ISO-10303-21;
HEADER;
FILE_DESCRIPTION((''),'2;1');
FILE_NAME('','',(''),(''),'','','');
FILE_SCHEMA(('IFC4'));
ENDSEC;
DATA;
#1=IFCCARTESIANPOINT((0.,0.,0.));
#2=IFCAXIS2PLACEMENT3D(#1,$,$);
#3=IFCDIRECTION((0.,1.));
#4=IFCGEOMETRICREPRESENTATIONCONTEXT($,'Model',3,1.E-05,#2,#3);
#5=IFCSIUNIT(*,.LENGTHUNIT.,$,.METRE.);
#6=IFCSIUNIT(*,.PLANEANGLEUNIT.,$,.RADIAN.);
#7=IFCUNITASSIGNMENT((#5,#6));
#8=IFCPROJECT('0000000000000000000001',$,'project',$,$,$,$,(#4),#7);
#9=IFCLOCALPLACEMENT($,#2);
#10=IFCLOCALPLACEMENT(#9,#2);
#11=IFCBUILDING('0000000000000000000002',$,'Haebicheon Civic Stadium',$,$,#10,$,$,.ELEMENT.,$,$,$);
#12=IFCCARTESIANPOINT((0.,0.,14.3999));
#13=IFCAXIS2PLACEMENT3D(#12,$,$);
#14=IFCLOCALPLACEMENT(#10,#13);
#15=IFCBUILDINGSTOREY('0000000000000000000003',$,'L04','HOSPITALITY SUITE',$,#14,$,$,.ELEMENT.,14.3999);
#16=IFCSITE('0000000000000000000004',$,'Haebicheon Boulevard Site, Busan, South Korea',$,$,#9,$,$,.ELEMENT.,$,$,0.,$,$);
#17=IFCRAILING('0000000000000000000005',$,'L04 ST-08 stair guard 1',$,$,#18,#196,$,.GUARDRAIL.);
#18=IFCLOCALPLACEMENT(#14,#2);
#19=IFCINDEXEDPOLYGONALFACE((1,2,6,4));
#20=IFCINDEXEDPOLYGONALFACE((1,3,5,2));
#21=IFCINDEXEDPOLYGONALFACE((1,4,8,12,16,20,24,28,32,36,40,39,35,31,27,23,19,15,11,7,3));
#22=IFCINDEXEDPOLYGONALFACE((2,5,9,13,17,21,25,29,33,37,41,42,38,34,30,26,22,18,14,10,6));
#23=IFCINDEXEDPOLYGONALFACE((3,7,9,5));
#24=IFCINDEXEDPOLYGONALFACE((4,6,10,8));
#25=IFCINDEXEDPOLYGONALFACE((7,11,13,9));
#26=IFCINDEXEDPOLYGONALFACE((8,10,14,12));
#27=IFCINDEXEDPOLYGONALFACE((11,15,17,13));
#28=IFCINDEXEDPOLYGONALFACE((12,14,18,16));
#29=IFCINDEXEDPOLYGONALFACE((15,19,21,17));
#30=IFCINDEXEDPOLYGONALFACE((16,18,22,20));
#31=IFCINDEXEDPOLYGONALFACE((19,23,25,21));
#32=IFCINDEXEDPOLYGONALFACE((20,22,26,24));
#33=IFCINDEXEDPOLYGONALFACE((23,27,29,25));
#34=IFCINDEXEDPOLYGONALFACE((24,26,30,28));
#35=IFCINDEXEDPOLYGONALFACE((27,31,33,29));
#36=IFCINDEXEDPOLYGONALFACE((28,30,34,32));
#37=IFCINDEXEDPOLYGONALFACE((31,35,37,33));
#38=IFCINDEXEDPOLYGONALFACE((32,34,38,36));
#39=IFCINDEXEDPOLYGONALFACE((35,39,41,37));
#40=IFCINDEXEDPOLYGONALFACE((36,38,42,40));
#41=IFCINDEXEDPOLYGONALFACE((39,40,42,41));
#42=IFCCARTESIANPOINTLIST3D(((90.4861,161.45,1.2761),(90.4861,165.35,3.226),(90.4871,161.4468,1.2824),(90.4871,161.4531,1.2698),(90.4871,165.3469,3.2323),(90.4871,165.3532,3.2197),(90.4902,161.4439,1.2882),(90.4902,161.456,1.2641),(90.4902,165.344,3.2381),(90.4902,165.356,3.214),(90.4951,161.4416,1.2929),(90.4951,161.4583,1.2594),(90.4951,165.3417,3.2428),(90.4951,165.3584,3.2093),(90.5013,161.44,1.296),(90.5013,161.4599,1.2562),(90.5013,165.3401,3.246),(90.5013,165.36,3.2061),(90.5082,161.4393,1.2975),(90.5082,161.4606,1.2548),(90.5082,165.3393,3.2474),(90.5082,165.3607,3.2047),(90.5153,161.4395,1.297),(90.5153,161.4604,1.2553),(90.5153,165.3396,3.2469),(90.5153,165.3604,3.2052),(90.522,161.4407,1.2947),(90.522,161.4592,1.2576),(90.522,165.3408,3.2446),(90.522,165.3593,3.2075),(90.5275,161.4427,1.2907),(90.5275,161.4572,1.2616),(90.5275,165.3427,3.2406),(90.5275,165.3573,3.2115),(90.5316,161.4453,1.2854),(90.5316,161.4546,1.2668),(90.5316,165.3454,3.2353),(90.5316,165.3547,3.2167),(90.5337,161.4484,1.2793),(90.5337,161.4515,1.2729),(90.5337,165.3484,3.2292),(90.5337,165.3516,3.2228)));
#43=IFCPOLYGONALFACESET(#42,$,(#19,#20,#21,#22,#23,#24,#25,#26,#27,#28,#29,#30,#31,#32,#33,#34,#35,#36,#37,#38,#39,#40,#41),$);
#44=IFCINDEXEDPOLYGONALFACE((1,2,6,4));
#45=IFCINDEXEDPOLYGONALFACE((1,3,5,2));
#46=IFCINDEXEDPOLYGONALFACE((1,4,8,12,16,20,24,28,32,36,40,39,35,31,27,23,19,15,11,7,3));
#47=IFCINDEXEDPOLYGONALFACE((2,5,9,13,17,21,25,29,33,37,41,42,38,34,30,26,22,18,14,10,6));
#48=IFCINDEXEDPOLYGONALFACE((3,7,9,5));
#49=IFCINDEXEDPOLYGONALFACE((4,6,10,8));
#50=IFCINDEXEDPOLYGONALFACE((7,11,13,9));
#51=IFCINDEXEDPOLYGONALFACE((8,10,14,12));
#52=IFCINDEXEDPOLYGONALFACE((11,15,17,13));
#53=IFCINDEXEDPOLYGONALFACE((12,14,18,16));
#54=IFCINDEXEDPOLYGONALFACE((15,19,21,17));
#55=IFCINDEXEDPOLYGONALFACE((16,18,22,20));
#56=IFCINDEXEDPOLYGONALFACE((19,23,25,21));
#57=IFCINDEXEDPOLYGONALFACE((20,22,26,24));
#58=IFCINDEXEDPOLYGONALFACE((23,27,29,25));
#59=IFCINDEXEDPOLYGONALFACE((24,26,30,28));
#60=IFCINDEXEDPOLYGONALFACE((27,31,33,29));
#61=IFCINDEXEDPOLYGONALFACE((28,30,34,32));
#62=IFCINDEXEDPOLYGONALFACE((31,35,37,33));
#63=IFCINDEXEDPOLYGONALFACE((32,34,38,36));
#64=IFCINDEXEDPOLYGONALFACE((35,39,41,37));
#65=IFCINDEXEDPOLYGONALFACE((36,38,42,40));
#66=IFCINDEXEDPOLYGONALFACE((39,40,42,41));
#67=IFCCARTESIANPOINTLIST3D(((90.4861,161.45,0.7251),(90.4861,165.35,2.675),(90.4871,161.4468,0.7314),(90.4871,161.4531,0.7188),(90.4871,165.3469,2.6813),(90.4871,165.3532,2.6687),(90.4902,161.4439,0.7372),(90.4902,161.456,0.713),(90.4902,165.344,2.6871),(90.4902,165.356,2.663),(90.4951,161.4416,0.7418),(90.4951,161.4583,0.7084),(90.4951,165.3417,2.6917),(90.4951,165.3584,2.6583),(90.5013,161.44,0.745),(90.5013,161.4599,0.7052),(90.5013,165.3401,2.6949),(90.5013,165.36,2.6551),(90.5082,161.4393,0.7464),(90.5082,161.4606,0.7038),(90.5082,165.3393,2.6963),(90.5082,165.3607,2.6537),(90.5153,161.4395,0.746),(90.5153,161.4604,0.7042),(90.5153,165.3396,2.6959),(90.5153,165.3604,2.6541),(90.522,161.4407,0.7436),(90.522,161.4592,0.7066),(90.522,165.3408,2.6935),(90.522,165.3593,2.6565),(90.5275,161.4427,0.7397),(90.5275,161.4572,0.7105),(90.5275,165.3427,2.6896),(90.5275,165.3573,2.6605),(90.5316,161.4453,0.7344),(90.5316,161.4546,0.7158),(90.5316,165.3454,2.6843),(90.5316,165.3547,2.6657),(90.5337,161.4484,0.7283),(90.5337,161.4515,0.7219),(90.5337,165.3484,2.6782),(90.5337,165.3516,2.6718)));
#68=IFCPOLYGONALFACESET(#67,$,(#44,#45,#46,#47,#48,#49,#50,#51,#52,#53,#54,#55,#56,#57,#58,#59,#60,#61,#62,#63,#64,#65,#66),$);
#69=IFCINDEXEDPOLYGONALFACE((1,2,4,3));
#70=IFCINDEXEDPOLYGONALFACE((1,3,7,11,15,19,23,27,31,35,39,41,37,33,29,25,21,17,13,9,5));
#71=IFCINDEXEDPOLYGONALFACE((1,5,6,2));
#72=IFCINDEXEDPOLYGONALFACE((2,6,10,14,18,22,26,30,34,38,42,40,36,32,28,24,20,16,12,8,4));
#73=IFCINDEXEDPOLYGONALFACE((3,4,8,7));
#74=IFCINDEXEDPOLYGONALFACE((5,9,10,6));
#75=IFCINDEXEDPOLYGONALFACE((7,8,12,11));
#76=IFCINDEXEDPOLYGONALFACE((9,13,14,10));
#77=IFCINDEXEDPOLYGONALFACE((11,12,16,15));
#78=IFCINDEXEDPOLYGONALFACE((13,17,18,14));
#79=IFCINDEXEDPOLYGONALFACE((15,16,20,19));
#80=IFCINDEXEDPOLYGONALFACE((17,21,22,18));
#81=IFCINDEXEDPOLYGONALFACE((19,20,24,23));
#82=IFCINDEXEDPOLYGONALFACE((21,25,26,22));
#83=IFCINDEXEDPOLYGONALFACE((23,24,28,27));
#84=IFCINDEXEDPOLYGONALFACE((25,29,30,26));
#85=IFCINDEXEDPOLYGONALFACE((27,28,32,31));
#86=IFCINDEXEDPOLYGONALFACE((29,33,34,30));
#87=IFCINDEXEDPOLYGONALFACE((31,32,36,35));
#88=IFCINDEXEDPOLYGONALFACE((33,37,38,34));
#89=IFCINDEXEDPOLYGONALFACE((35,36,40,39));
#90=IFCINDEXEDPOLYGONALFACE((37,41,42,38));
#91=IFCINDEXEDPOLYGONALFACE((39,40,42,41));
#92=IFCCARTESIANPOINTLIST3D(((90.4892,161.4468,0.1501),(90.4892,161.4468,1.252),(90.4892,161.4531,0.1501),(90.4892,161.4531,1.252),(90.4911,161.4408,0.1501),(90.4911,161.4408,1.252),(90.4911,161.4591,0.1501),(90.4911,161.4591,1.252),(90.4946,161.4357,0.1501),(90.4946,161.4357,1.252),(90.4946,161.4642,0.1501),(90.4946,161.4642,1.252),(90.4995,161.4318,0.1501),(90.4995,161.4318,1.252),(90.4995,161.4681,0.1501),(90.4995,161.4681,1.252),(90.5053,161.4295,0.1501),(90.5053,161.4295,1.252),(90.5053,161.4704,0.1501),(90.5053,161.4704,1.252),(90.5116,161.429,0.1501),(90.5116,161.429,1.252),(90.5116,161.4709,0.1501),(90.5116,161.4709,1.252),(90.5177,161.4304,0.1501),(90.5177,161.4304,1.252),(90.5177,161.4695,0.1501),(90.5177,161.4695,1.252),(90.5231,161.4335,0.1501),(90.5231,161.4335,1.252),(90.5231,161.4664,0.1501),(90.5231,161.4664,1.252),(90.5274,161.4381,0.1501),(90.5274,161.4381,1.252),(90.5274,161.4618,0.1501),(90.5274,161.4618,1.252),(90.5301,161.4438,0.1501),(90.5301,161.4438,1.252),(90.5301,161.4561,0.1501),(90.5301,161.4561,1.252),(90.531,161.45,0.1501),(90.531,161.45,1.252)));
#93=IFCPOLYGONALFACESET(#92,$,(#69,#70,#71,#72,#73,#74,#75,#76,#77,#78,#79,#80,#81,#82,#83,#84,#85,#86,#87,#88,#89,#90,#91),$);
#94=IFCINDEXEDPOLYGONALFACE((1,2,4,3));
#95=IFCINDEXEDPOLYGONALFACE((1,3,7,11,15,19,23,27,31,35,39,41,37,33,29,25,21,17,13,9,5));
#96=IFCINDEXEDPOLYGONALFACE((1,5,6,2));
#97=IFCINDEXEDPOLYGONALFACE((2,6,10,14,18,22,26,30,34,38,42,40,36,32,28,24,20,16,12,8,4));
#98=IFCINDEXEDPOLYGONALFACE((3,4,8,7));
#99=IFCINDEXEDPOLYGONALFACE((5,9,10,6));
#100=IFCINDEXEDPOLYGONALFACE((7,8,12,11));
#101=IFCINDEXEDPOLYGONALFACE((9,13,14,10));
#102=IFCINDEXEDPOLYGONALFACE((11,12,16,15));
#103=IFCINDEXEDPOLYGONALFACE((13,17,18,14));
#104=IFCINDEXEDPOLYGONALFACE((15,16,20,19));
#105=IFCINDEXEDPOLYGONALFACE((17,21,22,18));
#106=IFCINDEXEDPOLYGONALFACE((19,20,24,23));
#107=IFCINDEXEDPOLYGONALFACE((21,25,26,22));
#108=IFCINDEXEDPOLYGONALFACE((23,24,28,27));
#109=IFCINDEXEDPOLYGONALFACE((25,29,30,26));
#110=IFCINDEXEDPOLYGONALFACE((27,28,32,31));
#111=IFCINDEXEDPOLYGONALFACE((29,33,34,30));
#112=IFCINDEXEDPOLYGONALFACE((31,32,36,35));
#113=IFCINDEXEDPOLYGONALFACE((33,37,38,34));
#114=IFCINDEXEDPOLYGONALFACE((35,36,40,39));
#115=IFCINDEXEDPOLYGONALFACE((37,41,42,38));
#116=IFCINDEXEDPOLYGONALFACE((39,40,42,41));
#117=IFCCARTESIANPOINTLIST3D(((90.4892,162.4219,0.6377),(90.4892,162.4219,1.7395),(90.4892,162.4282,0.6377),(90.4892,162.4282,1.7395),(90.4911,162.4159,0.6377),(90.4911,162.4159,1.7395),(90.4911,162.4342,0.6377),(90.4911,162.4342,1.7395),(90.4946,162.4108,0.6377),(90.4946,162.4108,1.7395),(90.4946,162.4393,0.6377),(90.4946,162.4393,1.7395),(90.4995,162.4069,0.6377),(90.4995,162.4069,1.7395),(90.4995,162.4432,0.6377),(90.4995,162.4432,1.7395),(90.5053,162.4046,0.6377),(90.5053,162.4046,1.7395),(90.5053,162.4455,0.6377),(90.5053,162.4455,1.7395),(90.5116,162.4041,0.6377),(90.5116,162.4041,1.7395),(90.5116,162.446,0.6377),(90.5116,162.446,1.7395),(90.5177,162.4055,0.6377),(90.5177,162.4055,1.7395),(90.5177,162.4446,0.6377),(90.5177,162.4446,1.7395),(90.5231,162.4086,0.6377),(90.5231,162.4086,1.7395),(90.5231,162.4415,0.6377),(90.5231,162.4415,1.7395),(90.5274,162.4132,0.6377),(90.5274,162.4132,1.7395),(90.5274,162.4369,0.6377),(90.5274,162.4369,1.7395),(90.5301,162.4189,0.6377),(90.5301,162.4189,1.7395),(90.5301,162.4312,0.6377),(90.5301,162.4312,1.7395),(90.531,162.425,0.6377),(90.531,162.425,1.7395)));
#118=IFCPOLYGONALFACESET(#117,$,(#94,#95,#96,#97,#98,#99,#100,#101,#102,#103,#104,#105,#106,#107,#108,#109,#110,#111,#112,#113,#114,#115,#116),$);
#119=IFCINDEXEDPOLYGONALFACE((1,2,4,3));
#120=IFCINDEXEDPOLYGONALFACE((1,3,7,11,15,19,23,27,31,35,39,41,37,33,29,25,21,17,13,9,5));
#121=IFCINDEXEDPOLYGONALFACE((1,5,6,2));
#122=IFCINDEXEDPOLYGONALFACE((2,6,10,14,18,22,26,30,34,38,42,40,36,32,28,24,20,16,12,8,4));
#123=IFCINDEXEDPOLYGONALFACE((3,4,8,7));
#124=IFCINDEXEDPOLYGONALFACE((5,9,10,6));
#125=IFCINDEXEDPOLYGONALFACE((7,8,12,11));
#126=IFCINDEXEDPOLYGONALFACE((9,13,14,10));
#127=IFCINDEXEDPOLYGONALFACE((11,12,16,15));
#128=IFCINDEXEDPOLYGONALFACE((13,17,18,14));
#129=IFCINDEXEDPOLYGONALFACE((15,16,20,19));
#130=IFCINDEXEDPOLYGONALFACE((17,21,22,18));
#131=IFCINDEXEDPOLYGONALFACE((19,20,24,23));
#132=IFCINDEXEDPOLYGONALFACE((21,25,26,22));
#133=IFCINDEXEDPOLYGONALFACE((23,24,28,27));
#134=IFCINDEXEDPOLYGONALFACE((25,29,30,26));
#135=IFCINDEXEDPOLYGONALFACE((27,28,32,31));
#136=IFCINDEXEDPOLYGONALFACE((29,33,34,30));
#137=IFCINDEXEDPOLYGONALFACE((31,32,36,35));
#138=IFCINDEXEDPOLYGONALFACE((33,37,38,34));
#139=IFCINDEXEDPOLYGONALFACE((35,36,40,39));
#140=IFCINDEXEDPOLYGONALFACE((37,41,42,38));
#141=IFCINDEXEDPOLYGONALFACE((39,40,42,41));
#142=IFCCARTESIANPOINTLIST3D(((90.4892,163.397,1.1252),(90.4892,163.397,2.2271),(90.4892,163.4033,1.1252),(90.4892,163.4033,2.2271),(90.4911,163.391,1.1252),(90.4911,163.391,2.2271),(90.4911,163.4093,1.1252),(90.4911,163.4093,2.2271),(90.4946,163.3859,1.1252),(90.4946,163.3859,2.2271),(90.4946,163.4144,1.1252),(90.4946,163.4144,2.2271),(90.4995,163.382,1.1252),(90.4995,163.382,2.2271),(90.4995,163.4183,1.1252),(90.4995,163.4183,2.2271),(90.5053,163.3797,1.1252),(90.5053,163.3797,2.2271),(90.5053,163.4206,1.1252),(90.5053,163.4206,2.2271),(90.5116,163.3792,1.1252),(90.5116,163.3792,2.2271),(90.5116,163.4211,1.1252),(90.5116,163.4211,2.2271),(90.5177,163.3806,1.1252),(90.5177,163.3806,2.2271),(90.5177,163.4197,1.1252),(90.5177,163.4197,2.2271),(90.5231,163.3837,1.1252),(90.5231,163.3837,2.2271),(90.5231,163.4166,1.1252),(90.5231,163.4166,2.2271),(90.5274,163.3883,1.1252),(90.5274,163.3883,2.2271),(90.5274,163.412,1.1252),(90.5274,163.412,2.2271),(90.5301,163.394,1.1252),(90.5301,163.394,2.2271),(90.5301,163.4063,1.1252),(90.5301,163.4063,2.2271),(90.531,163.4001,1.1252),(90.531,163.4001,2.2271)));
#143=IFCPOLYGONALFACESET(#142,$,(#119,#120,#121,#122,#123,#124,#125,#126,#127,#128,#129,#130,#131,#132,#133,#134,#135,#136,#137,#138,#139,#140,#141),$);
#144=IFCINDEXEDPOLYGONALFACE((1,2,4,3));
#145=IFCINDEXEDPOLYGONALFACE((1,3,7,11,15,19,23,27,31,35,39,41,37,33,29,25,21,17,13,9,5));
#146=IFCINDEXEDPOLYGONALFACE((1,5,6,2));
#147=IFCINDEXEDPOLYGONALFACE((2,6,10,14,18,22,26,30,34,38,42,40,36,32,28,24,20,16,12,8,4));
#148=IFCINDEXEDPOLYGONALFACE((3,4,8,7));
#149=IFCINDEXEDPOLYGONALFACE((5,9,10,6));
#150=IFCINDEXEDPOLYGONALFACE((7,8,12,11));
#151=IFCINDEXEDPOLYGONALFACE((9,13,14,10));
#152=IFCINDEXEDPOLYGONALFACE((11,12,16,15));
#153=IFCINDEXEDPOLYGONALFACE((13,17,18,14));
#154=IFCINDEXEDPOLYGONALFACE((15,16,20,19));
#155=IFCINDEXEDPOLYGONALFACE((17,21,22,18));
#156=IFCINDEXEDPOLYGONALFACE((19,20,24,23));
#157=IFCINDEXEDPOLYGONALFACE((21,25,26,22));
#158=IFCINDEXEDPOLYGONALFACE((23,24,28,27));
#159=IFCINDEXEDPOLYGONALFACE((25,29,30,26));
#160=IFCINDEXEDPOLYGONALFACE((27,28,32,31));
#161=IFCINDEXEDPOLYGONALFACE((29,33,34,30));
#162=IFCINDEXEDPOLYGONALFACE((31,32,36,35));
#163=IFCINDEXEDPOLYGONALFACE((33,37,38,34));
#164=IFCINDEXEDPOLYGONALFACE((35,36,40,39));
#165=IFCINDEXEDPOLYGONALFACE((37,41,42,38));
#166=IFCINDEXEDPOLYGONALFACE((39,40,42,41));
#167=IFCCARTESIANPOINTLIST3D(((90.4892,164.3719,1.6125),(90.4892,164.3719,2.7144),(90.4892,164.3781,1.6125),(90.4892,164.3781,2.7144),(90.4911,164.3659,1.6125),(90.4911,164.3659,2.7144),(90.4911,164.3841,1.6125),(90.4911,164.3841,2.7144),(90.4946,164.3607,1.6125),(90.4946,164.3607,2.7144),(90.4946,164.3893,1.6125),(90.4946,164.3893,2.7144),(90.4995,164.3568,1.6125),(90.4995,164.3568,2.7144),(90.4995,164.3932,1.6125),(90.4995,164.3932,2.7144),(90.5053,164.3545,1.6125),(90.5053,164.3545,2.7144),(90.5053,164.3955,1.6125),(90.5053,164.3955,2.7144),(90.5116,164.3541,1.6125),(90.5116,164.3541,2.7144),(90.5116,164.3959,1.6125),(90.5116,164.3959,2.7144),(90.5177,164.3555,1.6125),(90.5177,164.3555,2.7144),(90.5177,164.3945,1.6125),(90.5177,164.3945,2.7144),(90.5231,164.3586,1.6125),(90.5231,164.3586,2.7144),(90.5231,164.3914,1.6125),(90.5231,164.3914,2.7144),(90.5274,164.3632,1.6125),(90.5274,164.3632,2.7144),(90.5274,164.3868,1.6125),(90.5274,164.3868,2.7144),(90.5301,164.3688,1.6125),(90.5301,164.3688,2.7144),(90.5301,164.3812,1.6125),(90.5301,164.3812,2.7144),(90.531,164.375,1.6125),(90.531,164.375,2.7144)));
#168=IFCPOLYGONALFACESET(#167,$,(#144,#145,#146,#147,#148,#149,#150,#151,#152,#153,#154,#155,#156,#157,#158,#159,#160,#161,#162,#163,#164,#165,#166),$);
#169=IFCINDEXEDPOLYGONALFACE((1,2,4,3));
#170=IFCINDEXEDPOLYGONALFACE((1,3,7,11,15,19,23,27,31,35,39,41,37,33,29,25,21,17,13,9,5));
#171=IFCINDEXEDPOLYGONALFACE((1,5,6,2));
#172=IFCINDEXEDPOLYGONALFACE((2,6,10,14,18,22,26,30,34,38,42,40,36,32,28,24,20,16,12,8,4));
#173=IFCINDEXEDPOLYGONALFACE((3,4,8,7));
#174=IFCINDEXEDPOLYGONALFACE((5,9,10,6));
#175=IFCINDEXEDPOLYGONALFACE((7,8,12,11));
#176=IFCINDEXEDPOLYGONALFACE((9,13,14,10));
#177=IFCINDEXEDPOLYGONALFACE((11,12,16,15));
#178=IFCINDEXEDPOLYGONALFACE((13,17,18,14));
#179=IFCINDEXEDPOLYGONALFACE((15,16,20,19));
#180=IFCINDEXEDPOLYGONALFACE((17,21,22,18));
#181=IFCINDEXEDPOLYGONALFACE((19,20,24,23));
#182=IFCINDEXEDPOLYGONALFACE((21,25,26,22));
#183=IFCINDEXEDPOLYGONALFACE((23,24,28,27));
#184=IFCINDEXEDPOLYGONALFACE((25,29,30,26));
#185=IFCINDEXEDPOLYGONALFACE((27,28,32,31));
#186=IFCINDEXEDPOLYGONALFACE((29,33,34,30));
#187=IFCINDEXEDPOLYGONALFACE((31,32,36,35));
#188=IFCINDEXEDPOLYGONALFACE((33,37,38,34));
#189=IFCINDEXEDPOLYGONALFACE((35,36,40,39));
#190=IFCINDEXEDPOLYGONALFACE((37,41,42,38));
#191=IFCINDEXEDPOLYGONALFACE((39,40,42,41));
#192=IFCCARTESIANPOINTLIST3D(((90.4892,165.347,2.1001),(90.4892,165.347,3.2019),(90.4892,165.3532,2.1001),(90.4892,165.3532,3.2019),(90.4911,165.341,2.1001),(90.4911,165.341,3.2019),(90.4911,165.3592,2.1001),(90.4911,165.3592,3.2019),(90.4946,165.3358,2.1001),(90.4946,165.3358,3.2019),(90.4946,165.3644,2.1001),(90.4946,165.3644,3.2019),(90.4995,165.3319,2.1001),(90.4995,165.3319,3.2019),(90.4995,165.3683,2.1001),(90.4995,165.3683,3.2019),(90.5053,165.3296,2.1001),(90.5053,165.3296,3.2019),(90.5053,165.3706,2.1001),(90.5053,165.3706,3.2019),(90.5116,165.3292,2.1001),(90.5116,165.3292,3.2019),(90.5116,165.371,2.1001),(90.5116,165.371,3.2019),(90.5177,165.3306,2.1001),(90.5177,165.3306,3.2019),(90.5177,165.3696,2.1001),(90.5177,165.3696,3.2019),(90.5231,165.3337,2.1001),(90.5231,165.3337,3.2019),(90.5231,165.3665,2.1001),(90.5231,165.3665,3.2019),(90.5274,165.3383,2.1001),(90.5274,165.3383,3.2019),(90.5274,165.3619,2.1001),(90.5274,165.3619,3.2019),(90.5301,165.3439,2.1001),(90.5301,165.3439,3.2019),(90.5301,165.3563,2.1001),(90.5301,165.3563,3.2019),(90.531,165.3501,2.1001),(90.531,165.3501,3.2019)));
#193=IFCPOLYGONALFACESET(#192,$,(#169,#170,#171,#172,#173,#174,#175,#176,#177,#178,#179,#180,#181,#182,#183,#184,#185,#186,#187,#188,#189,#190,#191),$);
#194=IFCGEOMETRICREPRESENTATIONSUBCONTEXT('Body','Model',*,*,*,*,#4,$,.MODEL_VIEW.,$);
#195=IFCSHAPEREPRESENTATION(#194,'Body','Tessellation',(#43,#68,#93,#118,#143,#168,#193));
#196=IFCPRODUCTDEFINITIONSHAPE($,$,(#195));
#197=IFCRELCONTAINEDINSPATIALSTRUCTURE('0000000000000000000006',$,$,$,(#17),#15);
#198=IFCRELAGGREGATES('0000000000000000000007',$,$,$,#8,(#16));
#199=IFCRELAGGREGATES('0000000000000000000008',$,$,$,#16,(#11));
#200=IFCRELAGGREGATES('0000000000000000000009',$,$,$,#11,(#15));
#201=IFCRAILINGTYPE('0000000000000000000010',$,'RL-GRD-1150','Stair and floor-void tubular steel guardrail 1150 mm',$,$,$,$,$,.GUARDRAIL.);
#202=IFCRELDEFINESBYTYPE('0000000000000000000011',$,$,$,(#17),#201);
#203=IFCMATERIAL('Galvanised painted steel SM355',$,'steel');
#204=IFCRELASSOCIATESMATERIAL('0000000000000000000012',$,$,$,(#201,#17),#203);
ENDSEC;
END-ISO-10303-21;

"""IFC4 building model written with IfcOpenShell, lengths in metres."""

from ifc_helpers import new_model, si_unit, direction, frame, origin, origin_2d, place, context, subcontext, project, spatial, circle, extrude, material, type_object, element, save


model = new_model("IFC4")

# Units and contexts
model_context = context("Model", 3, precision=1e-05, world=origin(), true_north=direction((0.0, 1.0)))
body_context = subcontext(model_context, "Body", "Model", "MODEL_VIEW")
ifc_project = project(units=[si_unit("LENGTHUNIT", "METRE"), si_unit("PLANEANGLEUNIT", "RADIAN")], contexts=[model_context])

# Site, building, storey
site_placement = place(None, origin())
site = spatial("IfcSite", under=ifc_project, at=site_placement, Name="Haebicheon Boulevard Site, Busan, South Korea", CompositionType="ELEMENT", RefElevation=0.0)
building_placement = place(site_placement, origin())
building = spatial("IfcBuilding", under=site, at=building_placement, Name="Haebicheon Civic Stadium", CompositionType="ELEMENT")
storey_placement = place(building_placement, frame((0.0, 0.0, 14.3999)))
storey = spatial("IfcBuildingStorey", under=building, at=storey_placement, Name="L04", Description="HOSPITALITY SUITE", CompositionType="ELEMENT", Elevation=14.3999)

# Railing
ifc_material_1 = material(Name="Galvanised painted steel SM355", Category="steel")
railing_type_1 = type_object("IfcRailingType", Name="RL-GRD-1150", Description="Stair and floor-void tubular steel guardrail 1150 mm", PredefinedType="GUARDRAIL", material=ifc_material_1)
railing_1_placement = place(storey_placement, frame((90.51, 161.45, 0.1501)))
element("IfcRailing", 1, at=railing_1_placement, inside=storey, type_object=railing_type_1, material=ifc_material_1, Name="L04 ST-08 stair guard 1", PredefinedType="GUARDRAIL", context=body_context, shape_type="SweptSolid", body=[
    extrude(circle(Radius=0.0239, at=origin_2d()), frame((0.0, 0.0, 1.126), z_axis=(0.0, 0.894438, 0.447191), x_axis=(-1.0, 0.0, 0.0)), (0.0, 0.0, 1.0), 4.3604),
    extrude(circle(Radius=0.0239, at=origin_2d()), frame((0.0, 0.0, 0.575), z_axis=(0.0, 0.894438, 0.447191), x_axis=(-1.0, 0.0, 0.0)), (0.0, 0.0, 1.0), 4.3604),
    extrude(circle(Radius=0.021, at=origin_2d()), origin(), (0.0, 0.0, 1.0), 1.1018),
    extrude(circle(Radius=0.021, at=origin_2d()), frame((0.0, 0.9751, 0.4875)), (0.0, 0.0, 1.0), 1.1018),
    extrude(circle(Radius=0.021, at=origin_2d()), frame((0.0, 1.9502, 0.9751)), (0.0, 0.0, 1.0), 1.1018),
    extrude(circle(Radius=0.021, at=origin_2d()), frame((0.0, 2.925, 1.4624)), (0.0, 0.0, 1.0), 1.1018),
    extrude(circle(Radius=0.021, at=origin_2d()), frame((0.0, 3.9001, 1.95)), (0.0, 0.0, 1.0), 1.1018),
])

save(model, "model.ifc")
